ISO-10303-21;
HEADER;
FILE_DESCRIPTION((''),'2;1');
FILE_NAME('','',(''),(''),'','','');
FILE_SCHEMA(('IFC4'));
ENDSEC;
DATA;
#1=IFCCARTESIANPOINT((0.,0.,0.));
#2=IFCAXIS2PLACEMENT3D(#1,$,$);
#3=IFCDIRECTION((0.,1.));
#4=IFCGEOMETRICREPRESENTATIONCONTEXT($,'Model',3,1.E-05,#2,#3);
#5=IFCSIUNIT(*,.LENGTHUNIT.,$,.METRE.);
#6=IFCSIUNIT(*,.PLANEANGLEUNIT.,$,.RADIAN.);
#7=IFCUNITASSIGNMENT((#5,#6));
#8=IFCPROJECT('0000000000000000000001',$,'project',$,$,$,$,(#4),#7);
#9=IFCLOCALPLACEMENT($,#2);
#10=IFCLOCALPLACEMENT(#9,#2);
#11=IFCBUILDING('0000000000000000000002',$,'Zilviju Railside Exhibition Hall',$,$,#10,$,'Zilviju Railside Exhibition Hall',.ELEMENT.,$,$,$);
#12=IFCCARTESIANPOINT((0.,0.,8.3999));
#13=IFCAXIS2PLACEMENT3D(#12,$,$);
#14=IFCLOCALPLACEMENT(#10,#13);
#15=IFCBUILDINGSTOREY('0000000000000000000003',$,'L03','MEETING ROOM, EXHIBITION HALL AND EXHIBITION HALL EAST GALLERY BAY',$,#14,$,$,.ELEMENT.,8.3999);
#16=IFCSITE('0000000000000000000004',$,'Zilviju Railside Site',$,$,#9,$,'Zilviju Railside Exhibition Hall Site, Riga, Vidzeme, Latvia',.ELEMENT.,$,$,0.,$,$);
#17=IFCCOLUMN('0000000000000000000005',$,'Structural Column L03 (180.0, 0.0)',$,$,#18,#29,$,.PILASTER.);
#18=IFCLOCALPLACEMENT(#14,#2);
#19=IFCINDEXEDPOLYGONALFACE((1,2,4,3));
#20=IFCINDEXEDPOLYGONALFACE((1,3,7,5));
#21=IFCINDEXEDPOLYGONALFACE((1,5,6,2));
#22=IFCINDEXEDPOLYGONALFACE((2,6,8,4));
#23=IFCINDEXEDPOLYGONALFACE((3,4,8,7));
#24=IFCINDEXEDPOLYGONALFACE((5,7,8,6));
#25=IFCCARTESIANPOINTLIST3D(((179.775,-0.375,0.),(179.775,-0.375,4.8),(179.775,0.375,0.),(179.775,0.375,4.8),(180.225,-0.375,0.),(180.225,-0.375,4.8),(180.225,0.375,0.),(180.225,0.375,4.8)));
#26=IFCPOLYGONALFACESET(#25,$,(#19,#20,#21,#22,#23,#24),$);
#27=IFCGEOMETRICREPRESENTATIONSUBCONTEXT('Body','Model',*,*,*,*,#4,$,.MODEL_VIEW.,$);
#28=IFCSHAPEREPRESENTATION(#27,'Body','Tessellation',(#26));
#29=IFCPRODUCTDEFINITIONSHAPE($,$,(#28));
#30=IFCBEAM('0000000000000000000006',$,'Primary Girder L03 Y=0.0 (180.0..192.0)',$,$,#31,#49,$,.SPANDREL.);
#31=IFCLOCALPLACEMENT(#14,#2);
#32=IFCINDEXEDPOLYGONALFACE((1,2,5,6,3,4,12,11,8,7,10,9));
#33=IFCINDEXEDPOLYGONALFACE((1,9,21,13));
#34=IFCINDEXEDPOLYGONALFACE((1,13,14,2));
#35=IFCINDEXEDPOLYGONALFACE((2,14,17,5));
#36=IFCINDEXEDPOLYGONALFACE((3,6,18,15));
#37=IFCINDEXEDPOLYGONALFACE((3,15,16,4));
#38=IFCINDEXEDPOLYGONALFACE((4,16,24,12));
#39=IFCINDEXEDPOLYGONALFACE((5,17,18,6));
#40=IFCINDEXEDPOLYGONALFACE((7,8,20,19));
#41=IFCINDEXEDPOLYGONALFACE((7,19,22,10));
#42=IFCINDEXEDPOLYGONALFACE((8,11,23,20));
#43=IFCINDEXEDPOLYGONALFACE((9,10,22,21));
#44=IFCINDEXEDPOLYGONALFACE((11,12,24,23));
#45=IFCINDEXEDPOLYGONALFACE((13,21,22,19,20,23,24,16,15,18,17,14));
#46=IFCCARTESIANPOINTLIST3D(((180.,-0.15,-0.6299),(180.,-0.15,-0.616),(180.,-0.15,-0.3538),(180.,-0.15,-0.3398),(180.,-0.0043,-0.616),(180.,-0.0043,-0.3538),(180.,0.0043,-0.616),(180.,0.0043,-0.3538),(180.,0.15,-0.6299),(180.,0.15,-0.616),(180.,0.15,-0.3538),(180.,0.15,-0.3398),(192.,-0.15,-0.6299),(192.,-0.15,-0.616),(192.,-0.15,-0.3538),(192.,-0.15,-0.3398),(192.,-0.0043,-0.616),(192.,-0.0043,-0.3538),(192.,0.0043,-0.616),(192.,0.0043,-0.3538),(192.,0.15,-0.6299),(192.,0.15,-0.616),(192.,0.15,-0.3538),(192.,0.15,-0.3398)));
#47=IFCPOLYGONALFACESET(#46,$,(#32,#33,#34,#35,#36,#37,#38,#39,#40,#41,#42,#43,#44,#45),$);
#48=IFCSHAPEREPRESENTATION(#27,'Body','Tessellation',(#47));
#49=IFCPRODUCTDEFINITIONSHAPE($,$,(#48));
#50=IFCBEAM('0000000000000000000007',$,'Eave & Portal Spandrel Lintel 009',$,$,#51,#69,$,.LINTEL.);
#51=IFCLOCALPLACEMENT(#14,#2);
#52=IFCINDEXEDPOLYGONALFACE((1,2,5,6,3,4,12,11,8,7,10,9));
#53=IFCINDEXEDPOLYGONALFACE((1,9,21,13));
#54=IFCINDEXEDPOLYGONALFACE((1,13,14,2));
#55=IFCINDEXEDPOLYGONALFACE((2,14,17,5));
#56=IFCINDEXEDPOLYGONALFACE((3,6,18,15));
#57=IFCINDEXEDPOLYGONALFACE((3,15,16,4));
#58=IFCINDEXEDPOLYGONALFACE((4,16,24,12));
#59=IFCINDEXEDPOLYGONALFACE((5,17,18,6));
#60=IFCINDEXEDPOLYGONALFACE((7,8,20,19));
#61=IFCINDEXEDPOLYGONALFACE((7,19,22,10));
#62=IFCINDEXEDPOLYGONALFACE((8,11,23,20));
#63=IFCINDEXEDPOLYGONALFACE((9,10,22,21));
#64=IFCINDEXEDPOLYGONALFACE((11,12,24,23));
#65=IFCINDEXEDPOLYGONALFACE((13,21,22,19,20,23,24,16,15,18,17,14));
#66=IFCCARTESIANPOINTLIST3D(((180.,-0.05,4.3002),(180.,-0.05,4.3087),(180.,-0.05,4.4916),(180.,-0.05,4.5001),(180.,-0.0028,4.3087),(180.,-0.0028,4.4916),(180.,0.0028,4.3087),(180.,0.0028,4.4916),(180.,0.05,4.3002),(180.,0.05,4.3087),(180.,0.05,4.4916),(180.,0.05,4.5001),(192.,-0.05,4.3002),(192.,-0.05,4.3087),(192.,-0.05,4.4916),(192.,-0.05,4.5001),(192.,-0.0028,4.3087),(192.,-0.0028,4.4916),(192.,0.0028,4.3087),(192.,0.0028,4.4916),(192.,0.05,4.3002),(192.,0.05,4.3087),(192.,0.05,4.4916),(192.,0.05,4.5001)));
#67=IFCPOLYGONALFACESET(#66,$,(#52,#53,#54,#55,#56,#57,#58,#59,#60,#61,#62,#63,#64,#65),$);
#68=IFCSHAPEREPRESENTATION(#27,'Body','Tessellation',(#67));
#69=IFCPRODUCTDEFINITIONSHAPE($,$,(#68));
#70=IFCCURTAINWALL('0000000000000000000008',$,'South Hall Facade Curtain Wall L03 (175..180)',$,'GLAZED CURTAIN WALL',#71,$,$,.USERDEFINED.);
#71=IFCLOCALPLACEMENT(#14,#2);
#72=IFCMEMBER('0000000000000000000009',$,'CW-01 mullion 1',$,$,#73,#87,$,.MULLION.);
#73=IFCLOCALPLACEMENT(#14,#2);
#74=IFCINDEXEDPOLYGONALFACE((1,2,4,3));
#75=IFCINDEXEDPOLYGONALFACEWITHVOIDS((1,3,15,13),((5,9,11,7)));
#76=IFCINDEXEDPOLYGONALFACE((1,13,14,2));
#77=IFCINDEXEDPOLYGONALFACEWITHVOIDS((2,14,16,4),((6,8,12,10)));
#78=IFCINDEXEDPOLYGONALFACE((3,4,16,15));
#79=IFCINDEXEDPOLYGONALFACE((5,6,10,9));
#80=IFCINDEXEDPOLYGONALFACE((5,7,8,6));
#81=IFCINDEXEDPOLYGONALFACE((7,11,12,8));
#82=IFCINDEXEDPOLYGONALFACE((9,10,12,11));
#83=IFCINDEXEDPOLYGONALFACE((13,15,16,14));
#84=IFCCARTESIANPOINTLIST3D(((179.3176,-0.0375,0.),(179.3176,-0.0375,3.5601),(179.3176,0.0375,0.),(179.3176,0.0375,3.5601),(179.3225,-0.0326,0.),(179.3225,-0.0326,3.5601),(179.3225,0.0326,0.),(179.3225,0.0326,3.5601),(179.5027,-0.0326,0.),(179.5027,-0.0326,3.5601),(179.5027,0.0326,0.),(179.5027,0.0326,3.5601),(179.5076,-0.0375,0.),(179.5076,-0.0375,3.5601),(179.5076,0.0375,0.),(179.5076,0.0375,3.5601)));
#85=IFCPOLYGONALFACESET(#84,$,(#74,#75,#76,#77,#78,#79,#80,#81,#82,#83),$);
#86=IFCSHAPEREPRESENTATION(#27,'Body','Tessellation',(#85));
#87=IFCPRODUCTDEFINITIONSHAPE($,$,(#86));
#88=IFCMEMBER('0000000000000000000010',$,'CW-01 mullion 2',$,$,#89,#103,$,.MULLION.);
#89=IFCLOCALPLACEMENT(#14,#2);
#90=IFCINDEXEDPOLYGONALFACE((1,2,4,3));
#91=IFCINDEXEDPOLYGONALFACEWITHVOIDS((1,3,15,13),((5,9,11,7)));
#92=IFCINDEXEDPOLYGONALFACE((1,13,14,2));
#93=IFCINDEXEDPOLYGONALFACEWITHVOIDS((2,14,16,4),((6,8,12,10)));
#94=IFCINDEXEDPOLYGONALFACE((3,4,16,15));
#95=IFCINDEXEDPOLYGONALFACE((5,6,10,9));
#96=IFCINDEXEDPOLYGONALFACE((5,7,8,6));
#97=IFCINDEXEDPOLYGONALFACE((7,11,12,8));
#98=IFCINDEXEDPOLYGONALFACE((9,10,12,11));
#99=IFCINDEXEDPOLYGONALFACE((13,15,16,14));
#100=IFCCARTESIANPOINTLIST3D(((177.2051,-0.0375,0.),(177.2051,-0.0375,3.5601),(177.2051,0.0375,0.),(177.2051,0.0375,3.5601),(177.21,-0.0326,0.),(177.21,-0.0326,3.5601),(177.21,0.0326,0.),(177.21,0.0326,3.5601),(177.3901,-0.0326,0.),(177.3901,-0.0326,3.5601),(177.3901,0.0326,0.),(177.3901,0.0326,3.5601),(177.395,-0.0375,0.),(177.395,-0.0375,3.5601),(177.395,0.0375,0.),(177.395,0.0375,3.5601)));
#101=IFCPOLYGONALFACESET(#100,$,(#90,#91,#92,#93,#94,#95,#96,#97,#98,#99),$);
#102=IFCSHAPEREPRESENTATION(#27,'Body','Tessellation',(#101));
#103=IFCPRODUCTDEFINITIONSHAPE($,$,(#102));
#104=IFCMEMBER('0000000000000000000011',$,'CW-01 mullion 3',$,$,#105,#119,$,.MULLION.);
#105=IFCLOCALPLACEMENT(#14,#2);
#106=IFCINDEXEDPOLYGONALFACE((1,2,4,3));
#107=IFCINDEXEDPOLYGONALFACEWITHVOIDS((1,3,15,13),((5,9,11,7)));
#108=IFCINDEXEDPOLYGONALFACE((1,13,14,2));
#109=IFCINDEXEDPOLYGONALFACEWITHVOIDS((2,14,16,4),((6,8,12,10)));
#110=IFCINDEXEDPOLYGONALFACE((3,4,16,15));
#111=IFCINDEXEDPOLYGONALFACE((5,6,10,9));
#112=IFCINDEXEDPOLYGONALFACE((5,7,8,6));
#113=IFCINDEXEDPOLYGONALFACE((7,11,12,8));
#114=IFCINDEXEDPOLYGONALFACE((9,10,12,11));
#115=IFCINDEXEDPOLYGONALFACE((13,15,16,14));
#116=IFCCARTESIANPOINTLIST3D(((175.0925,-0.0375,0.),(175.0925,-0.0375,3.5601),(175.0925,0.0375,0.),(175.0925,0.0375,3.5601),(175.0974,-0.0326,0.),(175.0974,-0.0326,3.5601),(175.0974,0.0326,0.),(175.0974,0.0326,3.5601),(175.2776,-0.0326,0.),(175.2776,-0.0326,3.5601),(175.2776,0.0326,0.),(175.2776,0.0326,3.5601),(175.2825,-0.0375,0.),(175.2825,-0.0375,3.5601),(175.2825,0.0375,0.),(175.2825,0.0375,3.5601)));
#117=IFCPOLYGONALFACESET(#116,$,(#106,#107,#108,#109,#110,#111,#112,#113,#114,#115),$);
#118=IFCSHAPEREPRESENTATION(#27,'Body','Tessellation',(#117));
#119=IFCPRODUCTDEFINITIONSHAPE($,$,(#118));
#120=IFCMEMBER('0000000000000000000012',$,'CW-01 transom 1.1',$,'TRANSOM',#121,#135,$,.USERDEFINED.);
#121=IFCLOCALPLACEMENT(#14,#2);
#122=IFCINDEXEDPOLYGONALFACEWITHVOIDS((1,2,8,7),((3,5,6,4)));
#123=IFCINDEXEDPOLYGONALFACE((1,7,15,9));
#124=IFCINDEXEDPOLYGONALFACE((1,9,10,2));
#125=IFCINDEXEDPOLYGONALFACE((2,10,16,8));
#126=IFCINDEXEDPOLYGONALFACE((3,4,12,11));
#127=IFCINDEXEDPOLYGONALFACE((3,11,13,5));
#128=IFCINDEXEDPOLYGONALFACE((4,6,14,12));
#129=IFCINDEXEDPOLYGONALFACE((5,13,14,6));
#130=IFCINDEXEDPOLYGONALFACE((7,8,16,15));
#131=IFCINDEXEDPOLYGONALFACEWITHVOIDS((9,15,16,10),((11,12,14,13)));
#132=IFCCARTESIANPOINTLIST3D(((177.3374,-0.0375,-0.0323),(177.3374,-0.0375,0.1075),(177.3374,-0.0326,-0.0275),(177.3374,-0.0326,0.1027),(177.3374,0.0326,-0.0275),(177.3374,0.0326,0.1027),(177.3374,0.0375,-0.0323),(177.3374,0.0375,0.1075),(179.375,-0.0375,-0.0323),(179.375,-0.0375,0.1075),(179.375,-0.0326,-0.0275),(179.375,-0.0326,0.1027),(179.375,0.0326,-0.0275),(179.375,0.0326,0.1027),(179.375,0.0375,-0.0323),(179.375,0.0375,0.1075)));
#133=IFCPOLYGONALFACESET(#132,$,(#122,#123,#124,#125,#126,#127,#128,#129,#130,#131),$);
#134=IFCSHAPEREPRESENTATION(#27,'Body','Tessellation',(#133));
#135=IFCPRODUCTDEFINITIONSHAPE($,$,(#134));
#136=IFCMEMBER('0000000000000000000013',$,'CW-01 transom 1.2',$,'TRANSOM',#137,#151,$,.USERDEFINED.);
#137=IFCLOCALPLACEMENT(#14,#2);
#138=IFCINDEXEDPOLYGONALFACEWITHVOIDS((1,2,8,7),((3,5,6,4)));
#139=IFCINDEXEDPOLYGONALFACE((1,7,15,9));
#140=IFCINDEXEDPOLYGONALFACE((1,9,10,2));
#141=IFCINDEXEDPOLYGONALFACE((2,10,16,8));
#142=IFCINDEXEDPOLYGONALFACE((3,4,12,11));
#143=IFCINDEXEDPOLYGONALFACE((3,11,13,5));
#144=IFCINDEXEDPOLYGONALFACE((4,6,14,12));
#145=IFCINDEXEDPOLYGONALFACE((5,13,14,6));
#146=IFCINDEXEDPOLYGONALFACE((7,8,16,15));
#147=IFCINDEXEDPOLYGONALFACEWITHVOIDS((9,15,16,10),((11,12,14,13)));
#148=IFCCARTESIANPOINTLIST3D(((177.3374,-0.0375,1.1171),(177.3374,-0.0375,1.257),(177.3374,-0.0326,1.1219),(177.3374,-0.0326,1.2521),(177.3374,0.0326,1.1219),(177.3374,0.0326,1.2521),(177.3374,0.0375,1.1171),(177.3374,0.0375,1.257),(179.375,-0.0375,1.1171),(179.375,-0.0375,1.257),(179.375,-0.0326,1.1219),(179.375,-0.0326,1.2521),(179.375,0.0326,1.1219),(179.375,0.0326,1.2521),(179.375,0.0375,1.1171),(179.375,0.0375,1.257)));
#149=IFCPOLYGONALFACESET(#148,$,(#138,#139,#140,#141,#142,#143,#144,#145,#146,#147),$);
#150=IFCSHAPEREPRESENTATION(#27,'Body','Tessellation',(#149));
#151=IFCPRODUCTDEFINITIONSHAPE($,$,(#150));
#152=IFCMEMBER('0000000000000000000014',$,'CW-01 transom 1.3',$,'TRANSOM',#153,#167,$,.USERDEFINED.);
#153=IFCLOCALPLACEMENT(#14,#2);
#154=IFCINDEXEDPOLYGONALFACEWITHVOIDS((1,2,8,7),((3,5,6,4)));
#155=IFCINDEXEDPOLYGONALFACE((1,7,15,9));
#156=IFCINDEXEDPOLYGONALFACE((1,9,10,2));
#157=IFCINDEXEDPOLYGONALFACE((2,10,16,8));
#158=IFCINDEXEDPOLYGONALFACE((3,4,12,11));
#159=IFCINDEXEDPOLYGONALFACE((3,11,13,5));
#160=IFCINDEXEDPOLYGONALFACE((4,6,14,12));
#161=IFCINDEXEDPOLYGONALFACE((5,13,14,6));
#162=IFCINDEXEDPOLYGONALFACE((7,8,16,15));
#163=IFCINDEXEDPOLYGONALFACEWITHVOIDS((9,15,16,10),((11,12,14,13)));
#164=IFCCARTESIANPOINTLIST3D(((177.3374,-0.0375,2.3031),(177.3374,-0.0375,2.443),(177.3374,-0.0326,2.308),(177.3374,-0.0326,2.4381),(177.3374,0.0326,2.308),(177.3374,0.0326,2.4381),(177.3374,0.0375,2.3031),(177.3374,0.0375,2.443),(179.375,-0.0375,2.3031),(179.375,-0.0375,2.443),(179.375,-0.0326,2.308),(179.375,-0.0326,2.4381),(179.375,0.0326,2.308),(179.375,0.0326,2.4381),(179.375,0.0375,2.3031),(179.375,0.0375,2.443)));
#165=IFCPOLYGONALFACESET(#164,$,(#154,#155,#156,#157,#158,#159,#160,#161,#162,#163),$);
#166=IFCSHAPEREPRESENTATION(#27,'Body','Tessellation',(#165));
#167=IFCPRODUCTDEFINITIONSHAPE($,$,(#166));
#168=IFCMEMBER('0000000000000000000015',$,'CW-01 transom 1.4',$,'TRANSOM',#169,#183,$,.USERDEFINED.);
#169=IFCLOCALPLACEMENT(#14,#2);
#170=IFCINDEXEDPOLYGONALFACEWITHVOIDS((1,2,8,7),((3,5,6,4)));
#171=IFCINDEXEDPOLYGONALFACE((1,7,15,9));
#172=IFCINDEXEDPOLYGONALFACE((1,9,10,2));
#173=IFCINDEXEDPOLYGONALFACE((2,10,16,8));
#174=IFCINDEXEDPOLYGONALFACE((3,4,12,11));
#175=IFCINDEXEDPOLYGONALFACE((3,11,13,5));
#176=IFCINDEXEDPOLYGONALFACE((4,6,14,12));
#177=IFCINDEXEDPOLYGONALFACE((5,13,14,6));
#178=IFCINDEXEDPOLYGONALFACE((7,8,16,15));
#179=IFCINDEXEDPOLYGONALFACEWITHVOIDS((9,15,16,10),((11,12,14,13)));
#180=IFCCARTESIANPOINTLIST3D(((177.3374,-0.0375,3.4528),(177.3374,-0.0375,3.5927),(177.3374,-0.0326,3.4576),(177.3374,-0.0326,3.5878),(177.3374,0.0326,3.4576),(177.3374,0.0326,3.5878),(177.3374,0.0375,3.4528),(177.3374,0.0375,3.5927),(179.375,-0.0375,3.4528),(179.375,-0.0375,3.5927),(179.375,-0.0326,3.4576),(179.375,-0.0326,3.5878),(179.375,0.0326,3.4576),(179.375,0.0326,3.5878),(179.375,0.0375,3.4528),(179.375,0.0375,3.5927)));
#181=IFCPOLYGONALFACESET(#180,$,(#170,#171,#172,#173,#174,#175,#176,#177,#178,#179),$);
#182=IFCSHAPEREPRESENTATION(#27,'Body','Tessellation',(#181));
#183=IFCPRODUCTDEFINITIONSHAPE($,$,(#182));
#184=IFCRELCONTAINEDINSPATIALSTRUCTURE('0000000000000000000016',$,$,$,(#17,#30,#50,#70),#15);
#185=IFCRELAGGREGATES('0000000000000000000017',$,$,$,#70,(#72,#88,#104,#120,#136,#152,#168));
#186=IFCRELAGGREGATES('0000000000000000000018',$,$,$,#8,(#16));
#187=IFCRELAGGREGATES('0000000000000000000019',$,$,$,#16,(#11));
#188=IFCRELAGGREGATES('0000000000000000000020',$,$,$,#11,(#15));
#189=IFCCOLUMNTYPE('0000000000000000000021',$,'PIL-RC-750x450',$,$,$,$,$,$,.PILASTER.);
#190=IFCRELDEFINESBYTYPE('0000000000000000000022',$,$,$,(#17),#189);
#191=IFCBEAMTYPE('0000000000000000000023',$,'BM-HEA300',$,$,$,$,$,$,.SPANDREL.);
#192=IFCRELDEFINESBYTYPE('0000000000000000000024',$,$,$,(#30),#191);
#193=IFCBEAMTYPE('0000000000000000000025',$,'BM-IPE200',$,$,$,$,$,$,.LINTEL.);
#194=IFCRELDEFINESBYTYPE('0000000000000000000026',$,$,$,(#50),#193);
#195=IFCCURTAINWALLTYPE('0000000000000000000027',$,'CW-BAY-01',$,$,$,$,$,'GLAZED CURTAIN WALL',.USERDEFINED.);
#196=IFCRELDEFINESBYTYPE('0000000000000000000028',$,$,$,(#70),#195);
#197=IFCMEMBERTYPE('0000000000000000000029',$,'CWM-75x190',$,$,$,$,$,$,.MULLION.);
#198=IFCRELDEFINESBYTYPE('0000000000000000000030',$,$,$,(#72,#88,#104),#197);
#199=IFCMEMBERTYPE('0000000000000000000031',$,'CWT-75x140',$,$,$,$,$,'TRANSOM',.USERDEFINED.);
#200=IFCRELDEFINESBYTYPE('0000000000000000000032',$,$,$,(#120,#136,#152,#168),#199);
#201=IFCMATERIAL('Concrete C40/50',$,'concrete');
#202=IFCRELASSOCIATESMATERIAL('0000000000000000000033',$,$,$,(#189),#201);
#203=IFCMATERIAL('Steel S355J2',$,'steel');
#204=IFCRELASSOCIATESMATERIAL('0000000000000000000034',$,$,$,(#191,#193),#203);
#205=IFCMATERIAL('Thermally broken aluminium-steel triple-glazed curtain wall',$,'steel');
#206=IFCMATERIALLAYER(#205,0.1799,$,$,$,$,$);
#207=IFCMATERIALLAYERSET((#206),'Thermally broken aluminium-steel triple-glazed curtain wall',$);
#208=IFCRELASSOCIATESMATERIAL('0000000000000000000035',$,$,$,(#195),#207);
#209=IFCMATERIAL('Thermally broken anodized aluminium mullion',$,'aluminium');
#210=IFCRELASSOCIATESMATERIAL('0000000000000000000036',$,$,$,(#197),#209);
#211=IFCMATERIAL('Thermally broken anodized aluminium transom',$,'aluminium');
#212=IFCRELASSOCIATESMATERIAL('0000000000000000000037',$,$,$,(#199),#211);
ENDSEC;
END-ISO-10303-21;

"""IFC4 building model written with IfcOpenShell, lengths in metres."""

from ifc_helpers import new_model, si_unit, direction, frame, origin, origin_2d, place, context, subcontext, project, spatial, rectangle, hollow_rectangle, i_section, extrude, material, layer, layer_set, material_profile, profile_set, type_object, element, aggregate, save


model = new_model("IFC4")

# Units and contexts
model_context = context("Model", 3, precision=1e-05, world=origin(), true_north=direction((0.0, 1.0)))
body_context = subcontext(model_context, "Body", "Model", "MODEL_VIEW")
ifc_project = project(units=[si_unit("LENGTHUNIT", "METRE"), si_unit("PLANEANGLEUNIT", "RADIAN")], contexts=[model_context])

# Site, building, storey
site_placement = place(None, origin())
site = spatial("IfcSite", under=ifc_project, at=site_placement, Name="Zilviju Railside Site", LongName="Zilviju Railside Exhibition Hall Site, Riga, Vidzeme, Latvia", CompositionType="ELEMENT", RefElevation=0.0)
building_placement = place(site_placement, origin())
building = spatial("IfcBuilding", under=site, at=building_placement, Name="Zilviju Railside Exhibition Hall", LongName="Zilviju Railside Exhibition Hall", CompositionType="ELEMENT")
storey_placement = place(building_placement, frame((0.0, 0.0, 8.3999)))
storey = spatial("IfcBuildingStorey", under=building, at=storey_placement, Name="L03", Description="MEETING ROOM, EXHIBITION HALL AND EXHIBITION HALL EAST GALLERY BAY", CompositionType="ELEMENT", Elevation=8.3999)

# Column
ifc_material_1 = material(Name="Concrete C40/50", Category="concrete")
ifc_material_profile_1 = material_profile(ifc_material_1, rectangle(XDim=0.45, YDim=0.75, at=origin_2d()), Name="RC COL 450x750")
ifc_profile_set_1 = profile_set([ifc_material_profile_1], Name="Concrete C40/50")
column_type = type_object("IfcColumnType", Name="PIL-RC-750x450", PredefinedType="PILASTER", material=ifc_profile_set_1)
column_placement = place(storey_placement, frame((180.0, 0.0, 0.0), z_axis=(0.0, 0.0, 1.0), x_axis=(1.0, 0.0, 0.0)))
element("IfcColumn", 1, at=column_placement, inside=storey, type_object=column_type, Name="Structural Column L03 (180.0, 0.0)", PredefinedType="PILASTER", context=body_context, shape_type="SweptSolid", body=[
    extrude(rectangle(XDim=0.45, YDim=0.75, at=origin_2d()), origin(), (0.0, 0.0, 1.0), 4.8),
])

# Beams
ifc_material_2 = material(Name="Steel S355J2", Category="steel")
ifc_material_profile_2 = material_profile(ifc_material_2, i_section(OverallWidth=0.3, OverallDepth=0.29, WebThickness=0.0085, FlangeThickness=0.0139, at=origin_2d()), Name="HEA 300")
ifc_profile_set_2 = profile_set([ifc_material_profile_2], Name="Steel S355J2")
beam_type_1 = type_object("IfcBeamType", Name="BM-HEA300", PredefinedType="SPANDREL", material=ifc_profile_set_2)
beam_1_placement = place(storey_placement, frame((180.0, 0.0, -0.4849), z_axis=(1.0, 0.0, 0.0), x_axis=(0.0, 1.0, 0.0)))
element("IfcBeam", 2, at=beam_1_placement, inside=storey, type_object=beam_type_1, Name="Primary Girder L03 Y=0.0 (180.0..192.0)", PredefinedType="SPANDREL", context=body_context, shape_type="SweptSolid", body=[
    extrude(i_section(OverallWidth=0.3, OverallDepth=0.29, WebThickness=0.0085, FlangeThickness=0.0139, at=origin_2d()), origin(), (0.0, 0.0, 1.0), 12.0),
])
ifc_material_profile_3 = material_profile(ifc_material_2, i_section(OverallWidth=0.1001, OverallDepth=0.2, WebThickness=0.0056, FlangeThickness=0.0085, at=origin_2d()), Name="IPE 200")
ifc_profile_set_3 = profile_set([ifc_material_profile_3], Name="Steel S355J2")
beam_type_2 = type_object("IfcBeamType", Name="BM-IPE200", PredefinedType="LINTEL", material=ifc_profile_set_3)
beam_2_placement = place(storey_placement, frame((180.0, 0.0, 4.4001), z_axis=(1.0, 0.0, 0.0), x_axis=(0.0, 1.0, 0.0)))
element("IfcBeam", 3, at=beam_2_placement, inside=storey, type_object=beam_type_2, Name="Eave & Portal Spandrel Lintel 009", PredefinedType="LINTEL", context=body_context, shape_type="SweptSolid", body=[
    extrude(i_section(OverallWidth=0.1001, OverallDepth=0.2, WebThickness=0.0056, FlangeThickness=0.0085, at=origin_2d()), origin(), (0.0, 0.0, 1.0), 12.0),
])

# Curtain wall, members
ifc_material_3 = material(Name="Thermally broken aluminium-steel triple-glazed curtain wall", Category="steel")
ifc_layer_1 = layer(ifc_material_3, 0.1799)
ifc_layer_set_1 = layer_set([ifc_layer_1], Name="Thermally broken aluminium-steel triple-glazed curtain wall")
curtain_wall_type = type_object("IfcCurtainWallType", Name="CW-BAY-01", ElementType="GLAZED CURTAIN WALL", PredefinedType="USERDEFINED", material=ifc_layer_set_1)
curtain_wall_placement = place(storey_placement, origin())
curtain_wall = element("IfcCurtainWall", 4, at=curtain_wall_placement, inside=storey, type_object=curtain_wall_type, Name="South Hall Facade Curtain Wall L03 (175..180)", ObjectType="GLAZED CURTAIN WALL", PredefinedType="USERDEFINED")
ifc_material_4 = material(Name="Thermally broken anodized aluminium mullion", Category="aluminium")
ifc_material_profile_4 = material_profile(ifc_material_4, hollow_rectangle(XDim=0.075, YDim=0.1899, WallThickness=0.0049, at=origin_2d()), Name="MULLION 190x75x5")
ifc_profile_set_4 = profile_set([ifc_material_profile_4], Name="Thermally broken anodized aluminium mullion")
member_type_1 = type_object("IfcMemberType", Name="CWM-75x190", PredefinedType="MULLION", material=ifc_profile_set_4)
member_1_placement = place(storey_placement, frame((179.4126, 0.0, 0.0), z_axis=(0.0, 0.0, 1.0), x_axis=(0.0, -1.0, 0.0)))
member_1 = element("IfcMember", 5, at=member_1_placement, type_object=member_type_1, Name="CW-01 mullion 1", PredefinedType="MULLION", context=body_context, shape_type="SweptSolid", body=[
    extrude(hollow_rectangle(XDim=0.075, YDim=0.1899, WallThickness=0.0049, at=origin_2d()), origin(), (0.0, 0.0, 1.0), 3.5601),
])
member_2_placement = place(storey_placement, frame((177.3, 0.0, 0.0), z_axis=(0.0, 0.0, 1.0), x_axis=(0.0, -1.0, 0.0)))
member_2 = element("IfcMember", 6, at=member_2_placement, type_object=member_type_1, Name="CW-01 mullion 2", PredefinedType="MULLION", context=body_context, shape_type="SweptSolid", body=[
    extrude(hollow_rectangle(XDim=0.075, YDim=0.1899, WallThickness=0.0049, at=origin_2d()), origin(), (0.0, 0.0, 1.0), 3.5601),
])
member_3_placement = place(storey_placement, frame((175.1875, 0.0, 0.0), z_axis=(0.0, 0.0, 1.0), x_axis=(0.0, -1.0, 0.0)))
member_3 = element("IfcMember", 7, at=member_3_placement, type_object=member_type_1, Name="CW-01 mullion 3", PredefinedType="MULLION", context=body_context, shape_type="SweptSolid", body=[
    extrude(hollow_rectangle(XDim=0.075, YDim=0.1899, WallThickness=0.0049, at=origin_2d()), origin(), (0.0, 0.0, 1.0), 3.5601),
])
ifc_material_5 = material(Name="Thermally broken anodized aluminium transom", Category="aluminium")
ifc_material_profile_5 = material_profile(ifc_material_5, hollow_rectangle(XDim=0.075, YDim=0.1399, WallThickness=0.0049, at=origin_2d()), Name="TRANSOM 140x75x5")
ifc_profile_set_5 = profile_set([ifc_material_profile_5], Name="Thermally broken anodized aluminium transom")
member_type_2 = type_object("IfcMemberType", Name="CWT-75x140", ElementType="TRANSOM", PredefinedType="USERDEFINED", material=ifc_profile_set_5)
member_4_placement = place(storey_placement, frame((179.375, 0.0, 0.0376), z_axis=(-1.0, 0.0, 0.0), x_axis=(0.0, -1.0, 0.0)))
member_4 = element("IfcMember", 8, at=member_4_placement, type_object=member_type_2, Name="CW-01 transom 1.1", ObjectType="TRANSOM", PredefinedType="USERDEFINED", context=body_context, shape_type="SweptSolid", body=[
    extrude(hollow_rectangle(XDim=0.075, YDim=0.1399, WallThickness=0.0049, at=origin_2d()), origin(), (0.0, 0.0, 1.0), 2.0376),
])
member_5_placement = place(storey_placement, frame((179.375, 0.0, 1.187), z_axis=(-1.0, 0.0, 0.0), x_axis=(0.0, -1.0, 0.0)))
member_5 = element("IfcMember", 9, at=member_5_placement, type_object=member_type_2, Name="CW-01 transom 1.2", ObjectType="TRANSOM", PredefinedType="USERDEFINED", context=body_context, shape_type="SweptSolid", body=[
    extrude(hollow_rectangle(XDim=0.075, YDim=0.1399, WallThickness=0.0049, at=origin_2d()), origin(), (0.0, 0.0, 1.0), 2.0376),
])
member_6_placement = place(storey_placement, frame((179.375, 0.0, 2.373), z_axis=(-1.0, 0.0, 0.0), x_axis=(0.0, -1.0, 0.0)))
member_6 = element("IfcMember", 10, at=member_6_placement, type_object=member_type_2, Name="CW-01 transom 1.3", ObjectType="TRANSOM", PredefinedType="USERDEFINED", context=body_context, shape_type="SweptSolid", body=[
    extrude(hollow_rectangle(XDim=0.075, YDim=0.1399, WallThickness=0.0049, at=origin_2d()), origin(), (0.0, 0.0, 1.0), 2.0376),
])
member_7_placement = place(storey_placement, frame((179.375, 0.0, 3.5227), z_axis=(-1.0, 0.0, 0.0), x_axis=(0.0, -1.0, 0.0)))
member_7 = element("IfcMember", 11, at=member_7_placement, type_object=member_type_2, Name="CW-01 transom 1.4", ObjectType="TRANSOM", PredefinedType="USERDEFINED", context=body_context, shape_type="SweptSolid", body=[
    extrude(hollow_rectangle(XDim=0.075, YDim=0.1399, WallThickness=0.0049, at=origin_2d()), origin(), (0.0, 0.0, 1.0), 2.0376),
])
aggregate(curtain_wall, [member_1, member_2, member_3, member_4, member_5, member_6, member_7])

save(model, "model.ifc")
